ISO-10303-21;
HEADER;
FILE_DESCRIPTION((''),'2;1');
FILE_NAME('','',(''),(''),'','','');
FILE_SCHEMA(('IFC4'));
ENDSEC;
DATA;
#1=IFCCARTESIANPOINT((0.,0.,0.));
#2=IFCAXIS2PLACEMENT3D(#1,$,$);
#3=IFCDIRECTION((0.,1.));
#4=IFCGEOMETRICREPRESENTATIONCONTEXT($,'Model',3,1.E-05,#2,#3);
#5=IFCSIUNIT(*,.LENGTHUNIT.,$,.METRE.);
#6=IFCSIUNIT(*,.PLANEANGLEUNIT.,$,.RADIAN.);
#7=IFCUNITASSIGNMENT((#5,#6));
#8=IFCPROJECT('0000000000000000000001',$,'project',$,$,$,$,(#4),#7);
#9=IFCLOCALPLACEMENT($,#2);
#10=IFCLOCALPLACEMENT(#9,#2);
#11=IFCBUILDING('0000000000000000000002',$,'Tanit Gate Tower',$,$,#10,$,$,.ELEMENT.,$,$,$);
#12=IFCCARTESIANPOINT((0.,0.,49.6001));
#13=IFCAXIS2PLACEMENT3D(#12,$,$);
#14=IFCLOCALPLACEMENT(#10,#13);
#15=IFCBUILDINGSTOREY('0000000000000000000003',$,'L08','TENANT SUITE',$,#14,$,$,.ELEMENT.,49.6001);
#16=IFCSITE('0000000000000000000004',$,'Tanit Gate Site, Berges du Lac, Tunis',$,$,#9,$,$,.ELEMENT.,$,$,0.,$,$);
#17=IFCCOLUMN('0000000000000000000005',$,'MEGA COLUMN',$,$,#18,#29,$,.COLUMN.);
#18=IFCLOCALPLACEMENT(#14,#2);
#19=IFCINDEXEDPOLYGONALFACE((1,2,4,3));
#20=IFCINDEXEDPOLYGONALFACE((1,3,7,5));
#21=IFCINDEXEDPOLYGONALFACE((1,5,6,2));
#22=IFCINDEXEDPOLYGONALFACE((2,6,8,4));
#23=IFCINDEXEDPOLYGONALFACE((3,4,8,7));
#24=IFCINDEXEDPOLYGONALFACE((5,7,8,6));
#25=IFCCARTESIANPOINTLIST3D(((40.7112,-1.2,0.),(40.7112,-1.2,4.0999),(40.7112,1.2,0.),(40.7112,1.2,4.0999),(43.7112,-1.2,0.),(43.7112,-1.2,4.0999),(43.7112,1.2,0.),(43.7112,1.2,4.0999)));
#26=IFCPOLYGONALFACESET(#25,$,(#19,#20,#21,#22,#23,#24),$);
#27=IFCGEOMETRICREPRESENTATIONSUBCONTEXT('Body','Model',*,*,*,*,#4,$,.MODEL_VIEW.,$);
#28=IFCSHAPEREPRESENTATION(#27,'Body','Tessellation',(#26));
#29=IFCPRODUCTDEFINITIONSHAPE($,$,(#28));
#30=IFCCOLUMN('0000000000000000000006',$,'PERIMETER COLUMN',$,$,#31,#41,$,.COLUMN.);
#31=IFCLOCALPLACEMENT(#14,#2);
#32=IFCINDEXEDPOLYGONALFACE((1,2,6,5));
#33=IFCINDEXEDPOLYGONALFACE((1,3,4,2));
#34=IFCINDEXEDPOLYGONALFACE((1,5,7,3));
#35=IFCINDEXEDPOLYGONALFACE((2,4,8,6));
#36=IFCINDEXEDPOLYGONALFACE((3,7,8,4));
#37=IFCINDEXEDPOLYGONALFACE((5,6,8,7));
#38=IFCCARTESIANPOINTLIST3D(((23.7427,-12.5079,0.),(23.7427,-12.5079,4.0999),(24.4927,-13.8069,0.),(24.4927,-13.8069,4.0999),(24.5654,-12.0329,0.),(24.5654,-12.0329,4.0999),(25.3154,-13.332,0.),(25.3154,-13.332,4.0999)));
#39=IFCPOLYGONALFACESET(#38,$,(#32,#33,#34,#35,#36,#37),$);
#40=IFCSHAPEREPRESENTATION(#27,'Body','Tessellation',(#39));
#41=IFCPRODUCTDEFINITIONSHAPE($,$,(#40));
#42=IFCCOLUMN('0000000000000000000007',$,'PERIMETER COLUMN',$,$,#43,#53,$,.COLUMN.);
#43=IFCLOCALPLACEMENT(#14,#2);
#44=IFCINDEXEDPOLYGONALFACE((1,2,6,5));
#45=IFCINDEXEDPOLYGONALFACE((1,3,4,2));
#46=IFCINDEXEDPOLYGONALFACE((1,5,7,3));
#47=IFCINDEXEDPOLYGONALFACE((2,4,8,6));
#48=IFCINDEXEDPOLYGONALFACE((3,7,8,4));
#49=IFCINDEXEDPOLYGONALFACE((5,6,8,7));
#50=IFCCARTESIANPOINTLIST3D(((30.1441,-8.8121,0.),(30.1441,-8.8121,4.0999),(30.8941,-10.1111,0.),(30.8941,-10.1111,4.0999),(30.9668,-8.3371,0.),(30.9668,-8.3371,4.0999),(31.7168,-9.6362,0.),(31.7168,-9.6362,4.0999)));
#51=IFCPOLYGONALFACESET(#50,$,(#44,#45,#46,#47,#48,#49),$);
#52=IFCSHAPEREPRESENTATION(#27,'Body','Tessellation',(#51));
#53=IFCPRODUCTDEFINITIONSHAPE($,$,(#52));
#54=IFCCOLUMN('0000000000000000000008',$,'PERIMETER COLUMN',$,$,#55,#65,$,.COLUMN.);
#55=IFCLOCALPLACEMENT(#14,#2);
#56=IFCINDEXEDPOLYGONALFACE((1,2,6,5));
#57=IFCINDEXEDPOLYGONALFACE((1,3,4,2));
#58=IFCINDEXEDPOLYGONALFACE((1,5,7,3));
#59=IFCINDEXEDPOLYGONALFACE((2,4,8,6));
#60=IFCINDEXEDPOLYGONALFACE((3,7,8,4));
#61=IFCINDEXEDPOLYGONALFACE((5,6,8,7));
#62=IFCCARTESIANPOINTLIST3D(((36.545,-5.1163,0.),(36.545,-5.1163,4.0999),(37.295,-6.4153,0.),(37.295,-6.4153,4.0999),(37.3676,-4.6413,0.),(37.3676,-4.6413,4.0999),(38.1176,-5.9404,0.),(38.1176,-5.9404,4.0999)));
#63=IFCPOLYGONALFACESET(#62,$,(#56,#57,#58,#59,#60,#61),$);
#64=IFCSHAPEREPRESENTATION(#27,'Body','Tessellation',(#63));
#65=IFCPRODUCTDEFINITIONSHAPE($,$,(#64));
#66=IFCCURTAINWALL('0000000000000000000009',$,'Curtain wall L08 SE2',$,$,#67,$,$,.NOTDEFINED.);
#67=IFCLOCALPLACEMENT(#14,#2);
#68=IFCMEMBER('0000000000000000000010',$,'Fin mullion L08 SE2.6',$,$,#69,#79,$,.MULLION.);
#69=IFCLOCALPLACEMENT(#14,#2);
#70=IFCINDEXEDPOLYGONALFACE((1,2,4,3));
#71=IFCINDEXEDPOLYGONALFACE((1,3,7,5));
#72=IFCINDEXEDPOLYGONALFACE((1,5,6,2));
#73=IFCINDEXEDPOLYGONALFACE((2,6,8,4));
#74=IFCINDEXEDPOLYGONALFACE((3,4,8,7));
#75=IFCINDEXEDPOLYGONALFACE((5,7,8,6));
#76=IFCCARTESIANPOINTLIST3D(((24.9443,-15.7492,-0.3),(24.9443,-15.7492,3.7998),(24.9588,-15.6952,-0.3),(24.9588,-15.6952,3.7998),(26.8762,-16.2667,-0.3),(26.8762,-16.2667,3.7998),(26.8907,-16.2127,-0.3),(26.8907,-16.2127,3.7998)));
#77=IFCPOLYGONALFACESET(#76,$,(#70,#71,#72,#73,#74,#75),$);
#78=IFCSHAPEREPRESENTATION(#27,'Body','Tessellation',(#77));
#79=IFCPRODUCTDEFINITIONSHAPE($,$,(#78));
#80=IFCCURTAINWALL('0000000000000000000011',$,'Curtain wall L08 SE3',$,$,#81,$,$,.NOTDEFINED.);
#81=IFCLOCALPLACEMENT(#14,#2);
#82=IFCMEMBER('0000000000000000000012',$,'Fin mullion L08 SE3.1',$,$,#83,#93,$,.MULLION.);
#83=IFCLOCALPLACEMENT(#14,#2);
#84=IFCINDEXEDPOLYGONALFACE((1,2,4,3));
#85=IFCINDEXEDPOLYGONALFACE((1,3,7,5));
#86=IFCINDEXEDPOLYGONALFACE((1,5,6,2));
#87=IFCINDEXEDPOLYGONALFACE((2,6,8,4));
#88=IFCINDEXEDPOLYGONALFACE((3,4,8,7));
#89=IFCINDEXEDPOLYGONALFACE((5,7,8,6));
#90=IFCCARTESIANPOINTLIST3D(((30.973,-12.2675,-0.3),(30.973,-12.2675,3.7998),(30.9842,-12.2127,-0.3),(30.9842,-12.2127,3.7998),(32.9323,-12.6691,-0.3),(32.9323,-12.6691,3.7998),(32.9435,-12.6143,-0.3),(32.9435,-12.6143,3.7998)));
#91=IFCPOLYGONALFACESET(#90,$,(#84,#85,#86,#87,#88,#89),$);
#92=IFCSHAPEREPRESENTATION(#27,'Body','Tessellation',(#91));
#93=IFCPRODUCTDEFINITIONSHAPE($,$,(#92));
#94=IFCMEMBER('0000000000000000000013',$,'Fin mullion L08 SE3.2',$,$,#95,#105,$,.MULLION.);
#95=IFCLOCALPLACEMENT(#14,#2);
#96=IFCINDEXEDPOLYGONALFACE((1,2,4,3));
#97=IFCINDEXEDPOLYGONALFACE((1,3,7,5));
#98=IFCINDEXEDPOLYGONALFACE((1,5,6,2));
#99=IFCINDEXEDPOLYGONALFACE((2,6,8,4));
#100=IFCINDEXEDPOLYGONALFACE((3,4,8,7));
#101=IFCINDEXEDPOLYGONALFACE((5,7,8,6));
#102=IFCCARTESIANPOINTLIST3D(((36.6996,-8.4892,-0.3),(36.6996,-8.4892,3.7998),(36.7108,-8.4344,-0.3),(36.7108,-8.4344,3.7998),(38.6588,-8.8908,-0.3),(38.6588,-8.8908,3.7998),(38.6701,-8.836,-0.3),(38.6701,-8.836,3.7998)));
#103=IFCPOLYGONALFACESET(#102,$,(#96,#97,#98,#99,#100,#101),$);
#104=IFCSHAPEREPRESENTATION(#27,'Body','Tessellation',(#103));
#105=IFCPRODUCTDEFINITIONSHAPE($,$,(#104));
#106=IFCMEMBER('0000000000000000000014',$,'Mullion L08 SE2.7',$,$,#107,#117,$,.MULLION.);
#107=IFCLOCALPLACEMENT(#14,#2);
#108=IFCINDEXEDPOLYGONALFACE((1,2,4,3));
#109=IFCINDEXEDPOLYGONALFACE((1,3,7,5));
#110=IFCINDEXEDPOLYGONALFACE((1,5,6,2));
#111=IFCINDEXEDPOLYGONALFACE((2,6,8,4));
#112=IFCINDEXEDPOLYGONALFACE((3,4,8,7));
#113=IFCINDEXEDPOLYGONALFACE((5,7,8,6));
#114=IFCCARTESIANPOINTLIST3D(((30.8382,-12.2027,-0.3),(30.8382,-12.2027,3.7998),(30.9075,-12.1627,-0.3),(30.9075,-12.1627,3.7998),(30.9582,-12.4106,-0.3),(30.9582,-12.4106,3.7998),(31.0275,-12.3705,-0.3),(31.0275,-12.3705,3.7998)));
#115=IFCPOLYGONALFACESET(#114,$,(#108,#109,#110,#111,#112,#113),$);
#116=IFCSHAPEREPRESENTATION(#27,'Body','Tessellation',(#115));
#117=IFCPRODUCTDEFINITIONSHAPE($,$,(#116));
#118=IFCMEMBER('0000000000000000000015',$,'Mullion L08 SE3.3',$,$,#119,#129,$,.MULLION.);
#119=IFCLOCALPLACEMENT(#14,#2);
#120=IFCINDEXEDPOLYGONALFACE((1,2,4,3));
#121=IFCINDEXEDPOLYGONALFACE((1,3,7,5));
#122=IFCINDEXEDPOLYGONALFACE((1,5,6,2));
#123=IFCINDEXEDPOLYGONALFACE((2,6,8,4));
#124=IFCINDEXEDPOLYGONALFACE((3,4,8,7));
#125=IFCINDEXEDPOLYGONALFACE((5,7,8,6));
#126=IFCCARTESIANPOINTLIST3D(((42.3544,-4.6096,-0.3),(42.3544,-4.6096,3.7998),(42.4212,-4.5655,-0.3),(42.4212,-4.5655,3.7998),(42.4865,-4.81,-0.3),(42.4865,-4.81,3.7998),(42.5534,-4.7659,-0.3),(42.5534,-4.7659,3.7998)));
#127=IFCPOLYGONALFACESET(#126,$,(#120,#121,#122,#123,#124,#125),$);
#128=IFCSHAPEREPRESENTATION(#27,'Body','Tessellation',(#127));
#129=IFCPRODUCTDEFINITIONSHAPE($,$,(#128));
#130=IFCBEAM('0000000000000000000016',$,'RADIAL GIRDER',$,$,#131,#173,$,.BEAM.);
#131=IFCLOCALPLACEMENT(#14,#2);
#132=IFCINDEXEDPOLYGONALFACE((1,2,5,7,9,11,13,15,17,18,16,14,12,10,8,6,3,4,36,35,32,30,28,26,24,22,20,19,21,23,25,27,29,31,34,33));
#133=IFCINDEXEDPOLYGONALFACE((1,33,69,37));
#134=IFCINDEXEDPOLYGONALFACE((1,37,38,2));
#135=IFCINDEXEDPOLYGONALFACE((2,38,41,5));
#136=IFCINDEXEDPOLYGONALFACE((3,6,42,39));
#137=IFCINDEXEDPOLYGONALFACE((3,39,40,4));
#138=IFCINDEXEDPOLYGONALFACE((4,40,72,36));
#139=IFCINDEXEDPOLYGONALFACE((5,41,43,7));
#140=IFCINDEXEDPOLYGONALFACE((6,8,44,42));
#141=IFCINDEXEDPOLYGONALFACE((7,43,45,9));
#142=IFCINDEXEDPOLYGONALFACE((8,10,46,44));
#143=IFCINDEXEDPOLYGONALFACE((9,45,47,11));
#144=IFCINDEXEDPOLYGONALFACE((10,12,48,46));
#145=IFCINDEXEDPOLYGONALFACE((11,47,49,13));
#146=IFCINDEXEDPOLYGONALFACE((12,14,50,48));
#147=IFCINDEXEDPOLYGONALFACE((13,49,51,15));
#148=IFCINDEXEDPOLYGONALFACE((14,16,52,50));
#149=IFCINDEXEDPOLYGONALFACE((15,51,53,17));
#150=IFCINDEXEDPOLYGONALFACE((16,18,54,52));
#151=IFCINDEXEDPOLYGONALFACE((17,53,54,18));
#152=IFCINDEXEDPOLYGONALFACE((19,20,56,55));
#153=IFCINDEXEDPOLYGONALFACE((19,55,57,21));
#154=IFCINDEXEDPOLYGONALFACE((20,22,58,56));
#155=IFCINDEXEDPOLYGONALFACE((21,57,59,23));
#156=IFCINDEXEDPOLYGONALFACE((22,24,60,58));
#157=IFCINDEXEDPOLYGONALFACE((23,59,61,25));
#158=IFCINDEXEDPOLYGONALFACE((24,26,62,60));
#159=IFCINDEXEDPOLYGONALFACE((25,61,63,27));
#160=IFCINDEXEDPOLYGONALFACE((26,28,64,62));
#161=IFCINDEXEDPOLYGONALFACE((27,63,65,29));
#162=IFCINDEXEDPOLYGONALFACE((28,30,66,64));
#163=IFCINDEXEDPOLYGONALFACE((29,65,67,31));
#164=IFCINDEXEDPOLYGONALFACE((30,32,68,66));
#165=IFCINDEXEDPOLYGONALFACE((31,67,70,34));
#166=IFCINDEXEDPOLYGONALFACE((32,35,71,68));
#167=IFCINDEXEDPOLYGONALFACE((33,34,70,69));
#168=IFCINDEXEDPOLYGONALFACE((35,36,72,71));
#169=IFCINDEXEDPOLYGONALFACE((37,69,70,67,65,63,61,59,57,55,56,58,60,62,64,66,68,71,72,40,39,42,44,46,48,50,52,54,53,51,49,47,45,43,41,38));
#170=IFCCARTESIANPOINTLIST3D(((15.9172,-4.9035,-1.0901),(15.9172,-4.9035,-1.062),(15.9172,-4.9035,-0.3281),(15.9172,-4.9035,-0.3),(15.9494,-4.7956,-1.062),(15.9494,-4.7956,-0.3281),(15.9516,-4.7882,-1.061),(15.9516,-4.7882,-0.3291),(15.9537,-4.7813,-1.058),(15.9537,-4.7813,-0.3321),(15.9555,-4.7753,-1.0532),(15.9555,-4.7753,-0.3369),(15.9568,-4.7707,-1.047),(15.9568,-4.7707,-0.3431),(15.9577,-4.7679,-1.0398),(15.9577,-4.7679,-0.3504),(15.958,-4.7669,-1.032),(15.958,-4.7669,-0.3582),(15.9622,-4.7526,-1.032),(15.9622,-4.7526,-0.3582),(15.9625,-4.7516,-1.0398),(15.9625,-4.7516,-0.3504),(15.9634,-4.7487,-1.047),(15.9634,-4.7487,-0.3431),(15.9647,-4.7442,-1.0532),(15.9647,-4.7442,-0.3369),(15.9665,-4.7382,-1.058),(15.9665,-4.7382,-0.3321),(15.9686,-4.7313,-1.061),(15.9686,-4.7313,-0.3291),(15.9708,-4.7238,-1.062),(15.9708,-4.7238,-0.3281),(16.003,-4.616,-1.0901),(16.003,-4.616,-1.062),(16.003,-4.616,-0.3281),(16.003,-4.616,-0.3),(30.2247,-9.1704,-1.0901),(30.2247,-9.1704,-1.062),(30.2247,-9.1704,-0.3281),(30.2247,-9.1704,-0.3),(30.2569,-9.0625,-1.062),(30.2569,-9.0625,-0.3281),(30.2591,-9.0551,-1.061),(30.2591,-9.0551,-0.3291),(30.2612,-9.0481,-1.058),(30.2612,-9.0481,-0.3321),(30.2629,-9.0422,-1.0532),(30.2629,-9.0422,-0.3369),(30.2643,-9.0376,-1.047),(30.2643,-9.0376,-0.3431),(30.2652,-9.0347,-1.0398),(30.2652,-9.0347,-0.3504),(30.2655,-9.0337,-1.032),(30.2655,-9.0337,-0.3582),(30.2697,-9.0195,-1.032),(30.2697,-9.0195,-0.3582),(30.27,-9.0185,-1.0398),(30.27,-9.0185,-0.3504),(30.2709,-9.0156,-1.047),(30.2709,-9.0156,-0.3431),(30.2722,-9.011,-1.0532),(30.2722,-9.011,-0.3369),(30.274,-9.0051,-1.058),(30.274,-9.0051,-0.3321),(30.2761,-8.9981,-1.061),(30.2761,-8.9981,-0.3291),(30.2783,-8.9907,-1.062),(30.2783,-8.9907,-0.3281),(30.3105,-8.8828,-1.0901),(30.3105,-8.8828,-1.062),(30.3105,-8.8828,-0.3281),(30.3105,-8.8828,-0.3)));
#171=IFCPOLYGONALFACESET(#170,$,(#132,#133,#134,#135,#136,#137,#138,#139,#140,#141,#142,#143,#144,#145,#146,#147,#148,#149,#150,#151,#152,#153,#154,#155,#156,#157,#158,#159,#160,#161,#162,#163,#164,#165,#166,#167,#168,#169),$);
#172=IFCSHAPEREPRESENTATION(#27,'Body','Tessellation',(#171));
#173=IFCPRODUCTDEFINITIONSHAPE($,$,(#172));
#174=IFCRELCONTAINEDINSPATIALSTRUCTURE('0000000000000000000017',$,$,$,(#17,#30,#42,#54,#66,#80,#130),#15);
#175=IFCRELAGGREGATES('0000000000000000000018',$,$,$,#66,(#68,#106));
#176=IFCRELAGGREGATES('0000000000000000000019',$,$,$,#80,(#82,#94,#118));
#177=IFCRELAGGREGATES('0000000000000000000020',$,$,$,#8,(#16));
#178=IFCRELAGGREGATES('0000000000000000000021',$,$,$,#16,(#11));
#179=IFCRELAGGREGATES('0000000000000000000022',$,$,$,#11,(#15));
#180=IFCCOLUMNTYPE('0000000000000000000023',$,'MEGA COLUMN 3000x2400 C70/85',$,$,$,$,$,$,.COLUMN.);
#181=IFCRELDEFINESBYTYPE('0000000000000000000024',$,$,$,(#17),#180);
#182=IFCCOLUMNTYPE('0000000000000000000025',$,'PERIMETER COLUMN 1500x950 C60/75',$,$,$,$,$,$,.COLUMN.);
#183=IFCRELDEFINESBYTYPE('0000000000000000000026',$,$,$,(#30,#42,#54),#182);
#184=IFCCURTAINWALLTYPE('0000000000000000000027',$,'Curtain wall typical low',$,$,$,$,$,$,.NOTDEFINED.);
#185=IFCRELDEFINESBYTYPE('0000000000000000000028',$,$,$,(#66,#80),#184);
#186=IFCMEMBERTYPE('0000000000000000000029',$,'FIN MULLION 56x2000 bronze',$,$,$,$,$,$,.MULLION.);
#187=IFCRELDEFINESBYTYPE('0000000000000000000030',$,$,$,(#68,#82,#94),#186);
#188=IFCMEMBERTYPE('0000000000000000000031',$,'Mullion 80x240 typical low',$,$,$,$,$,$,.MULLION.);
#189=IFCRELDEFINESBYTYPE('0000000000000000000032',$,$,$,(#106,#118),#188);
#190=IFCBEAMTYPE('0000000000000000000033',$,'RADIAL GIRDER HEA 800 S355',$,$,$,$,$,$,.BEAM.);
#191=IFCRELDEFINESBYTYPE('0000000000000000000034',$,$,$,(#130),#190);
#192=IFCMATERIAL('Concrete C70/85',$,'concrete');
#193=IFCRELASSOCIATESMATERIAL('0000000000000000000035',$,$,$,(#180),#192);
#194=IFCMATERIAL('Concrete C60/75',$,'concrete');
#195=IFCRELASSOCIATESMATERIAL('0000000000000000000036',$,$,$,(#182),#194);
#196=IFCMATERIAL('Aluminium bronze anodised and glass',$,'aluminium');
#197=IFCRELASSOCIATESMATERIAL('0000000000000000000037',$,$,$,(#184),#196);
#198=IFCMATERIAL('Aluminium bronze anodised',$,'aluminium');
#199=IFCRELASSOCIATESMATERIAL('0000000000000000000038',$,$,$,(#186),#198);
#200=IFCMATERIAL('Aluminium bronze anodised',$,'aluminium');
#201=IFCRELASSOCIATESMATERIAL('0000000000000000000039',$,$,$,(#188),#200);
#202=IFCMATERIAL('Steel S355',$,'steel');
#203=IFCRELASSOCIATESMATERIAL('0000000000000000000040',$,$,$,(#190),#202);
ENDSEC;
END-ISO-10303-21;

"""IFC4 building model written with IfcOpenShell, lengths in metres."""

from ifc_helpers import new_model, si_unit, direction, frame, origin, origin_2d, place, context, subcontext, project, spatial, rectangle, i_section, extrude, material, material_profile, profile_set, type_object, element, aggregate, save


model = new_model("IFC4")

# Units and contexts
model_context = context("Model", 3, precision=1e-05, world=origin(), true_north=direction((0.0, 1.0)))
body_context = subcontext(model_context, "Body", "Model", "MODEL_VIEW")
ifc_project = project(units=[si_unit("LENGTHUNIT", "METRE"), si_unit("PLANEANGLEUNIT", "RADIAN")], contexts=[model_context])

# Site, building, storey
site_placement = place(None, origin())
site = spatial("IfcSite", under=ifc_project, at=site_placement, Name="Tanit Gate Site, Berges du Lac, Tunis", CompositionType="ELEMENT", RefElevation=0.0)
building_placement = place(site_placement, origin())
building = spatial("IfcBuilding", under=site, at=building_placement, Name="Tanit Gate Tower", CompositionType="ELEMENT")
storey_placement = place(building_placement, frame((0.0, 0.0, 49.6001)))
storey = spatial("IfcBuildingStorey", under=building, at=storey_placement, Name="L08", Description="TENANT SUITE", CompositionType="ELEMENT", Elevation=49.6001)

# Columns
ifc_material_1 = material(Name="Concrete C70/85", Category="concrete")
ifc_material_profile_1 = material_profile(ifc_material_1, rectangle(XDim=3.0, YDim=2.3999, at=origin_2d()), Name="RC 3000x2400")
ifc_profile_set_1 = profile_set([ifc_material_profile_1], Name="Concrete C70/85")
column_type_1 = type_object("IfcColumnType", Name="MEGA COLUMN 3000x2400 C70/85", PredefinedType="COLUMN", material=ifc_profile_set_1)
column_placement = place(storey_placement, frame((42.2112, 0.0, 0.0), z_axis=(0.0, 0.0, 1.0), x_axis=(1.0, 0.0, 0.0)))
element("IfcColumn", 1, at=column_placement, inside=storey, type_object=column_type_1, Name="MEGA COLUMN", PredefinedType="COLUMN", context=body_context, shape_type="SweptSolid", body=[
    extrude(rectangle(XDim=3.0, YDim=2.3999, at=origin_2d()), origin(), (0.0, 0.0, 1.0), 4.0999),
])
ifc_material_2 = material(Name="Concrete C60/75", Category="concrete")
ifc_material_profile_2 = material_profile(ifc_material_2, rectangle(XDim=1.5, YDim=0.95, at=origin_2d()), Name="RC 1500x950")
ifc_profile_set_2 = profile_set([ifc_material_profile_2], Name="Concrete C60/75")
column_type_2 = type_object("IfcColumnType", Name="PERIMETER COLUMN 1500x950 C60/75", PredefinedType="COLUMN", material=ifc_profile_set_2)
for number, where, z_axis, x_axis, name in (
    (2, (24.5291, -12.9199, 0.0), (0.0, 0.0, 1.0), (0.5, -0.866025, 0.0), "PERIMETER COLUMN"),
    (3, (30.9304, -9.2241, 0.0), (0.0, 0.0, 1.0), (0.5, -0.866025, 0.0), "PERIMETER COLUMN"),
    (4, (37.3313, -5.5283, 0.0), (0.0, 0.0, 1.0), (0.5, -0.866025, 0.0), "PERIMETER COLUMN"),
):
    element("IfcColumn", number, at=place(storey_placement, frame(where, z_axis=z_axis, x_axis=x_axis)), inside=storey, type_object=column_type_2, Name=name, PredefinedType="COLUMN", context=body_context, shape_type="SweptSolid", body=[
        extrude(rectangle(XDim=1.5, YDim=0.95, at=origin_2d()), origin(), (0.0, 0.0, 1.0), 4.0999),
    ])

# Curtain wall, member
ifc_material_3 = material(Name="Aluminium bronze anodised and glass", Category="aluminium")
curtain_wall_type = type_object("IfcCurtainWallType", Name="Curtain wall typical low", PredefinedType="NOTDEFINED", material=ifc_material_3)
curtain_wall_1_placement = place(storey_placement, origin())
curtain_wall_1 = element("IfcCurtainWall", 5, at=curtain_wall_1_placement, inside=storey, type_object=curtain_wall_type, Name="Curtain wall L08 SE2", PredefinedType="NOTDEFINED")
ifc_material_4 = material(Name="Aluminium bronze anodised", Category="aluminium")
ifc_material_profile_3 = material_profile(ifc_material_4, rectangle(XDim=2.0, YDim=0.0559, at=origin_2d()), Name="56x2000 bronze fin mullion")
ifc_profile_set_3 = profile_set([ifc_material_profile_3], Name="Aluminium bronze anodised")
member_type_1 = type_object("IfcMemberType", Name="FIN MULLION 56x2000 bronze", PredefinedType="MULLION", material=ifc_profile_set_3)
member_1_placement = place(storey_placement, frame((25.9175, -15.981, -0.3), z_axis=(0.0, 0.0, 1.0), x_axis=(-0.965944, 0.258752, 0.0)))
member_1 = element("IfcMember", 6, at=member_1_placement, type_object=member_type_1, Name="Fin mullion L08 SE2.6", PredefinedType="MULLION", context=body_context, shape_type="SweptSolid", body=[
    extrude(rectangle(XDim=2.0, YDim=0.0559, at=origin_2d()), origin(), (0.0, 0.0, 1.0), 4.0999),
])

# Curtain wall, members
curtain_wall_2_placement = place(storey_placement, origin())
curtain_wall_2 = element("IfcCurtainWall", 7, at=curtain_wall_2_placement, inside=storey, type_object=curtain_wall_type, Name="Curtain wall L08 SE3", PredefinedType="NOTDEFINED")
member_2_placement = place(storey_placement, frame((31.9583, -12.4409, -0.3), z_axis=(0.0, 0.0, 1.0), x_axis=(-0.979635, 0.200785, 0.0)))
member_2 = element("IfcMember", 8, at=member_2_placement, type_object=member_type_1, Name="Fin mullion L08 SE3.1", PredefinedType="MULLION", context=body_context, shape_type="SweptSolid", body=[
    extrude(rectangle(XDim=2.0, YDim=0.0559, at=origin_2d()), origin(), (0.0, 0.0, 1.0), 4.0999),
])
member_3_placement = place(storey_placement, frame((37.6848, -8.6626, -0.3), z_axis=(0.0, 0.0, 1.0), x_axis=(-0.979635, 0.200785, 0.0)))
member_3 = element("IfcMember", 9, at=member_3_placement, type_object=member_type_1, Name="Fin mullion L08 SE3.2", PredefinedType="MULLION", context=body_context, shape_type="SweptSolid", body=[
    extrude(rectangle(XDim=2.0, YDim=0.0559, at=origin_2d()), origin(), (0.0, 0.0, 1.0), 4.0999),
])

# Members
ifc_material_5 = material(Name="Aluminium bronze anodised", Category="aluminium")
ifc_material_profile_4 = material_profile(ifc_material_5, rectangle(XDim=0.24, YDim=0.0801, at=origin_2d()), Name="80x240 bronze mullion")
ifc_profile_set_4 = profile_set([ifc_material_profile_4], Name="Aluminium bronze anodised")
member_type_2 = type_object("IfcMemberType", Name="Mullion 80x240 typical low", PredefinedType="MULLION", material=ifc_profile_set_4)
member_4_placement = place(storey_placement, frame((30.9329, -12.2866, -0.3), z_axis=(0.0, 0.0, 1.0), x_axis=(-0.50006, 0.865991, 0.0)))
member_4 = element("IfcMember", 10, at=member_4_placement, type_object=member_type_2, Name="Mullion L08 SE2.7", PredefinedType="MULLION", context=body_context, shape_type="SweptSolid", body=[
    extrude(rectangle(XDim=0.24, YDim=0.0801, at=origin_2d()), origin(), (0.0, 0.0, 1.0), 4.0999),
])
member_5_placement = place(storey_placement, frame((42.4539, -4.6877, -0.3), z_axis=(0.0, 0.0, 1.0), x_axis=(-0.55073, 0.834683, 0.0)))
member_5 = element("IfcMember", 11, at=member_5_placement, type_object=member_type_2, Name="Mullion L08 SE3.3", PredefinedType="MULLION", context=body_context, shape_type="SweptSolid", body=[
    extrude(rectangle(XDim=0.24, YDim=0.0801, at=origin_2d()), origin(), (0.0, 0.0, 1.0), 4.0999),
])

# Beam
ifc_material_6 = material(Name="Steel S355", Category="steel")
ifc_material_profile_5 = material_profile(ifc_material_6, i_section(OverallWidth=0.3, OverallDepth=0.79, WebThickness=0.0149, FlangeThickness=0.0281, FilletRadius=0.03, at=origin_2d()), Name="HEA 800")
ifc_profile_set_5 = profile_set([ifc_material_profile_5], Name="Steel S355")
beam_type_1 = type_object("IfcBeamType", Name="RADIAL GIRDER HEA 800 S355", PredefinedType="BEAM", material=ifc_profile_set_5)
beam_1_placement = place(storey_placement, frame((30.2676, -9.0266, -0.6951), z_axis=(-0.958293, 0.285789, 0.0), x_axis=(-0.285789, -0.958293, 0.0)))
element("IfcBeam", 12, at=beam_1_placement, inside=storey, type_object=beam_type_1, Name="RADIAL GIRDER", PredefinedType="BEAM", context=body_context, shape_type="SweptSolid", body=[
    extrude(i_section(OverallWidth=0.3, OverallDepth=0.79, WebThickness=0.0149, FlangeThickness=0.0281, FilletRadius=0.03, at=origin_2d()), origin(), (0.0, 0.0, 1.0), 14.9302),
])

aggregate(curtain_wall_1, [member_1, member_4])
aggregate(curtain_wall_2, [member_2, member_3, member_5])

save(model, "model.ifc")
